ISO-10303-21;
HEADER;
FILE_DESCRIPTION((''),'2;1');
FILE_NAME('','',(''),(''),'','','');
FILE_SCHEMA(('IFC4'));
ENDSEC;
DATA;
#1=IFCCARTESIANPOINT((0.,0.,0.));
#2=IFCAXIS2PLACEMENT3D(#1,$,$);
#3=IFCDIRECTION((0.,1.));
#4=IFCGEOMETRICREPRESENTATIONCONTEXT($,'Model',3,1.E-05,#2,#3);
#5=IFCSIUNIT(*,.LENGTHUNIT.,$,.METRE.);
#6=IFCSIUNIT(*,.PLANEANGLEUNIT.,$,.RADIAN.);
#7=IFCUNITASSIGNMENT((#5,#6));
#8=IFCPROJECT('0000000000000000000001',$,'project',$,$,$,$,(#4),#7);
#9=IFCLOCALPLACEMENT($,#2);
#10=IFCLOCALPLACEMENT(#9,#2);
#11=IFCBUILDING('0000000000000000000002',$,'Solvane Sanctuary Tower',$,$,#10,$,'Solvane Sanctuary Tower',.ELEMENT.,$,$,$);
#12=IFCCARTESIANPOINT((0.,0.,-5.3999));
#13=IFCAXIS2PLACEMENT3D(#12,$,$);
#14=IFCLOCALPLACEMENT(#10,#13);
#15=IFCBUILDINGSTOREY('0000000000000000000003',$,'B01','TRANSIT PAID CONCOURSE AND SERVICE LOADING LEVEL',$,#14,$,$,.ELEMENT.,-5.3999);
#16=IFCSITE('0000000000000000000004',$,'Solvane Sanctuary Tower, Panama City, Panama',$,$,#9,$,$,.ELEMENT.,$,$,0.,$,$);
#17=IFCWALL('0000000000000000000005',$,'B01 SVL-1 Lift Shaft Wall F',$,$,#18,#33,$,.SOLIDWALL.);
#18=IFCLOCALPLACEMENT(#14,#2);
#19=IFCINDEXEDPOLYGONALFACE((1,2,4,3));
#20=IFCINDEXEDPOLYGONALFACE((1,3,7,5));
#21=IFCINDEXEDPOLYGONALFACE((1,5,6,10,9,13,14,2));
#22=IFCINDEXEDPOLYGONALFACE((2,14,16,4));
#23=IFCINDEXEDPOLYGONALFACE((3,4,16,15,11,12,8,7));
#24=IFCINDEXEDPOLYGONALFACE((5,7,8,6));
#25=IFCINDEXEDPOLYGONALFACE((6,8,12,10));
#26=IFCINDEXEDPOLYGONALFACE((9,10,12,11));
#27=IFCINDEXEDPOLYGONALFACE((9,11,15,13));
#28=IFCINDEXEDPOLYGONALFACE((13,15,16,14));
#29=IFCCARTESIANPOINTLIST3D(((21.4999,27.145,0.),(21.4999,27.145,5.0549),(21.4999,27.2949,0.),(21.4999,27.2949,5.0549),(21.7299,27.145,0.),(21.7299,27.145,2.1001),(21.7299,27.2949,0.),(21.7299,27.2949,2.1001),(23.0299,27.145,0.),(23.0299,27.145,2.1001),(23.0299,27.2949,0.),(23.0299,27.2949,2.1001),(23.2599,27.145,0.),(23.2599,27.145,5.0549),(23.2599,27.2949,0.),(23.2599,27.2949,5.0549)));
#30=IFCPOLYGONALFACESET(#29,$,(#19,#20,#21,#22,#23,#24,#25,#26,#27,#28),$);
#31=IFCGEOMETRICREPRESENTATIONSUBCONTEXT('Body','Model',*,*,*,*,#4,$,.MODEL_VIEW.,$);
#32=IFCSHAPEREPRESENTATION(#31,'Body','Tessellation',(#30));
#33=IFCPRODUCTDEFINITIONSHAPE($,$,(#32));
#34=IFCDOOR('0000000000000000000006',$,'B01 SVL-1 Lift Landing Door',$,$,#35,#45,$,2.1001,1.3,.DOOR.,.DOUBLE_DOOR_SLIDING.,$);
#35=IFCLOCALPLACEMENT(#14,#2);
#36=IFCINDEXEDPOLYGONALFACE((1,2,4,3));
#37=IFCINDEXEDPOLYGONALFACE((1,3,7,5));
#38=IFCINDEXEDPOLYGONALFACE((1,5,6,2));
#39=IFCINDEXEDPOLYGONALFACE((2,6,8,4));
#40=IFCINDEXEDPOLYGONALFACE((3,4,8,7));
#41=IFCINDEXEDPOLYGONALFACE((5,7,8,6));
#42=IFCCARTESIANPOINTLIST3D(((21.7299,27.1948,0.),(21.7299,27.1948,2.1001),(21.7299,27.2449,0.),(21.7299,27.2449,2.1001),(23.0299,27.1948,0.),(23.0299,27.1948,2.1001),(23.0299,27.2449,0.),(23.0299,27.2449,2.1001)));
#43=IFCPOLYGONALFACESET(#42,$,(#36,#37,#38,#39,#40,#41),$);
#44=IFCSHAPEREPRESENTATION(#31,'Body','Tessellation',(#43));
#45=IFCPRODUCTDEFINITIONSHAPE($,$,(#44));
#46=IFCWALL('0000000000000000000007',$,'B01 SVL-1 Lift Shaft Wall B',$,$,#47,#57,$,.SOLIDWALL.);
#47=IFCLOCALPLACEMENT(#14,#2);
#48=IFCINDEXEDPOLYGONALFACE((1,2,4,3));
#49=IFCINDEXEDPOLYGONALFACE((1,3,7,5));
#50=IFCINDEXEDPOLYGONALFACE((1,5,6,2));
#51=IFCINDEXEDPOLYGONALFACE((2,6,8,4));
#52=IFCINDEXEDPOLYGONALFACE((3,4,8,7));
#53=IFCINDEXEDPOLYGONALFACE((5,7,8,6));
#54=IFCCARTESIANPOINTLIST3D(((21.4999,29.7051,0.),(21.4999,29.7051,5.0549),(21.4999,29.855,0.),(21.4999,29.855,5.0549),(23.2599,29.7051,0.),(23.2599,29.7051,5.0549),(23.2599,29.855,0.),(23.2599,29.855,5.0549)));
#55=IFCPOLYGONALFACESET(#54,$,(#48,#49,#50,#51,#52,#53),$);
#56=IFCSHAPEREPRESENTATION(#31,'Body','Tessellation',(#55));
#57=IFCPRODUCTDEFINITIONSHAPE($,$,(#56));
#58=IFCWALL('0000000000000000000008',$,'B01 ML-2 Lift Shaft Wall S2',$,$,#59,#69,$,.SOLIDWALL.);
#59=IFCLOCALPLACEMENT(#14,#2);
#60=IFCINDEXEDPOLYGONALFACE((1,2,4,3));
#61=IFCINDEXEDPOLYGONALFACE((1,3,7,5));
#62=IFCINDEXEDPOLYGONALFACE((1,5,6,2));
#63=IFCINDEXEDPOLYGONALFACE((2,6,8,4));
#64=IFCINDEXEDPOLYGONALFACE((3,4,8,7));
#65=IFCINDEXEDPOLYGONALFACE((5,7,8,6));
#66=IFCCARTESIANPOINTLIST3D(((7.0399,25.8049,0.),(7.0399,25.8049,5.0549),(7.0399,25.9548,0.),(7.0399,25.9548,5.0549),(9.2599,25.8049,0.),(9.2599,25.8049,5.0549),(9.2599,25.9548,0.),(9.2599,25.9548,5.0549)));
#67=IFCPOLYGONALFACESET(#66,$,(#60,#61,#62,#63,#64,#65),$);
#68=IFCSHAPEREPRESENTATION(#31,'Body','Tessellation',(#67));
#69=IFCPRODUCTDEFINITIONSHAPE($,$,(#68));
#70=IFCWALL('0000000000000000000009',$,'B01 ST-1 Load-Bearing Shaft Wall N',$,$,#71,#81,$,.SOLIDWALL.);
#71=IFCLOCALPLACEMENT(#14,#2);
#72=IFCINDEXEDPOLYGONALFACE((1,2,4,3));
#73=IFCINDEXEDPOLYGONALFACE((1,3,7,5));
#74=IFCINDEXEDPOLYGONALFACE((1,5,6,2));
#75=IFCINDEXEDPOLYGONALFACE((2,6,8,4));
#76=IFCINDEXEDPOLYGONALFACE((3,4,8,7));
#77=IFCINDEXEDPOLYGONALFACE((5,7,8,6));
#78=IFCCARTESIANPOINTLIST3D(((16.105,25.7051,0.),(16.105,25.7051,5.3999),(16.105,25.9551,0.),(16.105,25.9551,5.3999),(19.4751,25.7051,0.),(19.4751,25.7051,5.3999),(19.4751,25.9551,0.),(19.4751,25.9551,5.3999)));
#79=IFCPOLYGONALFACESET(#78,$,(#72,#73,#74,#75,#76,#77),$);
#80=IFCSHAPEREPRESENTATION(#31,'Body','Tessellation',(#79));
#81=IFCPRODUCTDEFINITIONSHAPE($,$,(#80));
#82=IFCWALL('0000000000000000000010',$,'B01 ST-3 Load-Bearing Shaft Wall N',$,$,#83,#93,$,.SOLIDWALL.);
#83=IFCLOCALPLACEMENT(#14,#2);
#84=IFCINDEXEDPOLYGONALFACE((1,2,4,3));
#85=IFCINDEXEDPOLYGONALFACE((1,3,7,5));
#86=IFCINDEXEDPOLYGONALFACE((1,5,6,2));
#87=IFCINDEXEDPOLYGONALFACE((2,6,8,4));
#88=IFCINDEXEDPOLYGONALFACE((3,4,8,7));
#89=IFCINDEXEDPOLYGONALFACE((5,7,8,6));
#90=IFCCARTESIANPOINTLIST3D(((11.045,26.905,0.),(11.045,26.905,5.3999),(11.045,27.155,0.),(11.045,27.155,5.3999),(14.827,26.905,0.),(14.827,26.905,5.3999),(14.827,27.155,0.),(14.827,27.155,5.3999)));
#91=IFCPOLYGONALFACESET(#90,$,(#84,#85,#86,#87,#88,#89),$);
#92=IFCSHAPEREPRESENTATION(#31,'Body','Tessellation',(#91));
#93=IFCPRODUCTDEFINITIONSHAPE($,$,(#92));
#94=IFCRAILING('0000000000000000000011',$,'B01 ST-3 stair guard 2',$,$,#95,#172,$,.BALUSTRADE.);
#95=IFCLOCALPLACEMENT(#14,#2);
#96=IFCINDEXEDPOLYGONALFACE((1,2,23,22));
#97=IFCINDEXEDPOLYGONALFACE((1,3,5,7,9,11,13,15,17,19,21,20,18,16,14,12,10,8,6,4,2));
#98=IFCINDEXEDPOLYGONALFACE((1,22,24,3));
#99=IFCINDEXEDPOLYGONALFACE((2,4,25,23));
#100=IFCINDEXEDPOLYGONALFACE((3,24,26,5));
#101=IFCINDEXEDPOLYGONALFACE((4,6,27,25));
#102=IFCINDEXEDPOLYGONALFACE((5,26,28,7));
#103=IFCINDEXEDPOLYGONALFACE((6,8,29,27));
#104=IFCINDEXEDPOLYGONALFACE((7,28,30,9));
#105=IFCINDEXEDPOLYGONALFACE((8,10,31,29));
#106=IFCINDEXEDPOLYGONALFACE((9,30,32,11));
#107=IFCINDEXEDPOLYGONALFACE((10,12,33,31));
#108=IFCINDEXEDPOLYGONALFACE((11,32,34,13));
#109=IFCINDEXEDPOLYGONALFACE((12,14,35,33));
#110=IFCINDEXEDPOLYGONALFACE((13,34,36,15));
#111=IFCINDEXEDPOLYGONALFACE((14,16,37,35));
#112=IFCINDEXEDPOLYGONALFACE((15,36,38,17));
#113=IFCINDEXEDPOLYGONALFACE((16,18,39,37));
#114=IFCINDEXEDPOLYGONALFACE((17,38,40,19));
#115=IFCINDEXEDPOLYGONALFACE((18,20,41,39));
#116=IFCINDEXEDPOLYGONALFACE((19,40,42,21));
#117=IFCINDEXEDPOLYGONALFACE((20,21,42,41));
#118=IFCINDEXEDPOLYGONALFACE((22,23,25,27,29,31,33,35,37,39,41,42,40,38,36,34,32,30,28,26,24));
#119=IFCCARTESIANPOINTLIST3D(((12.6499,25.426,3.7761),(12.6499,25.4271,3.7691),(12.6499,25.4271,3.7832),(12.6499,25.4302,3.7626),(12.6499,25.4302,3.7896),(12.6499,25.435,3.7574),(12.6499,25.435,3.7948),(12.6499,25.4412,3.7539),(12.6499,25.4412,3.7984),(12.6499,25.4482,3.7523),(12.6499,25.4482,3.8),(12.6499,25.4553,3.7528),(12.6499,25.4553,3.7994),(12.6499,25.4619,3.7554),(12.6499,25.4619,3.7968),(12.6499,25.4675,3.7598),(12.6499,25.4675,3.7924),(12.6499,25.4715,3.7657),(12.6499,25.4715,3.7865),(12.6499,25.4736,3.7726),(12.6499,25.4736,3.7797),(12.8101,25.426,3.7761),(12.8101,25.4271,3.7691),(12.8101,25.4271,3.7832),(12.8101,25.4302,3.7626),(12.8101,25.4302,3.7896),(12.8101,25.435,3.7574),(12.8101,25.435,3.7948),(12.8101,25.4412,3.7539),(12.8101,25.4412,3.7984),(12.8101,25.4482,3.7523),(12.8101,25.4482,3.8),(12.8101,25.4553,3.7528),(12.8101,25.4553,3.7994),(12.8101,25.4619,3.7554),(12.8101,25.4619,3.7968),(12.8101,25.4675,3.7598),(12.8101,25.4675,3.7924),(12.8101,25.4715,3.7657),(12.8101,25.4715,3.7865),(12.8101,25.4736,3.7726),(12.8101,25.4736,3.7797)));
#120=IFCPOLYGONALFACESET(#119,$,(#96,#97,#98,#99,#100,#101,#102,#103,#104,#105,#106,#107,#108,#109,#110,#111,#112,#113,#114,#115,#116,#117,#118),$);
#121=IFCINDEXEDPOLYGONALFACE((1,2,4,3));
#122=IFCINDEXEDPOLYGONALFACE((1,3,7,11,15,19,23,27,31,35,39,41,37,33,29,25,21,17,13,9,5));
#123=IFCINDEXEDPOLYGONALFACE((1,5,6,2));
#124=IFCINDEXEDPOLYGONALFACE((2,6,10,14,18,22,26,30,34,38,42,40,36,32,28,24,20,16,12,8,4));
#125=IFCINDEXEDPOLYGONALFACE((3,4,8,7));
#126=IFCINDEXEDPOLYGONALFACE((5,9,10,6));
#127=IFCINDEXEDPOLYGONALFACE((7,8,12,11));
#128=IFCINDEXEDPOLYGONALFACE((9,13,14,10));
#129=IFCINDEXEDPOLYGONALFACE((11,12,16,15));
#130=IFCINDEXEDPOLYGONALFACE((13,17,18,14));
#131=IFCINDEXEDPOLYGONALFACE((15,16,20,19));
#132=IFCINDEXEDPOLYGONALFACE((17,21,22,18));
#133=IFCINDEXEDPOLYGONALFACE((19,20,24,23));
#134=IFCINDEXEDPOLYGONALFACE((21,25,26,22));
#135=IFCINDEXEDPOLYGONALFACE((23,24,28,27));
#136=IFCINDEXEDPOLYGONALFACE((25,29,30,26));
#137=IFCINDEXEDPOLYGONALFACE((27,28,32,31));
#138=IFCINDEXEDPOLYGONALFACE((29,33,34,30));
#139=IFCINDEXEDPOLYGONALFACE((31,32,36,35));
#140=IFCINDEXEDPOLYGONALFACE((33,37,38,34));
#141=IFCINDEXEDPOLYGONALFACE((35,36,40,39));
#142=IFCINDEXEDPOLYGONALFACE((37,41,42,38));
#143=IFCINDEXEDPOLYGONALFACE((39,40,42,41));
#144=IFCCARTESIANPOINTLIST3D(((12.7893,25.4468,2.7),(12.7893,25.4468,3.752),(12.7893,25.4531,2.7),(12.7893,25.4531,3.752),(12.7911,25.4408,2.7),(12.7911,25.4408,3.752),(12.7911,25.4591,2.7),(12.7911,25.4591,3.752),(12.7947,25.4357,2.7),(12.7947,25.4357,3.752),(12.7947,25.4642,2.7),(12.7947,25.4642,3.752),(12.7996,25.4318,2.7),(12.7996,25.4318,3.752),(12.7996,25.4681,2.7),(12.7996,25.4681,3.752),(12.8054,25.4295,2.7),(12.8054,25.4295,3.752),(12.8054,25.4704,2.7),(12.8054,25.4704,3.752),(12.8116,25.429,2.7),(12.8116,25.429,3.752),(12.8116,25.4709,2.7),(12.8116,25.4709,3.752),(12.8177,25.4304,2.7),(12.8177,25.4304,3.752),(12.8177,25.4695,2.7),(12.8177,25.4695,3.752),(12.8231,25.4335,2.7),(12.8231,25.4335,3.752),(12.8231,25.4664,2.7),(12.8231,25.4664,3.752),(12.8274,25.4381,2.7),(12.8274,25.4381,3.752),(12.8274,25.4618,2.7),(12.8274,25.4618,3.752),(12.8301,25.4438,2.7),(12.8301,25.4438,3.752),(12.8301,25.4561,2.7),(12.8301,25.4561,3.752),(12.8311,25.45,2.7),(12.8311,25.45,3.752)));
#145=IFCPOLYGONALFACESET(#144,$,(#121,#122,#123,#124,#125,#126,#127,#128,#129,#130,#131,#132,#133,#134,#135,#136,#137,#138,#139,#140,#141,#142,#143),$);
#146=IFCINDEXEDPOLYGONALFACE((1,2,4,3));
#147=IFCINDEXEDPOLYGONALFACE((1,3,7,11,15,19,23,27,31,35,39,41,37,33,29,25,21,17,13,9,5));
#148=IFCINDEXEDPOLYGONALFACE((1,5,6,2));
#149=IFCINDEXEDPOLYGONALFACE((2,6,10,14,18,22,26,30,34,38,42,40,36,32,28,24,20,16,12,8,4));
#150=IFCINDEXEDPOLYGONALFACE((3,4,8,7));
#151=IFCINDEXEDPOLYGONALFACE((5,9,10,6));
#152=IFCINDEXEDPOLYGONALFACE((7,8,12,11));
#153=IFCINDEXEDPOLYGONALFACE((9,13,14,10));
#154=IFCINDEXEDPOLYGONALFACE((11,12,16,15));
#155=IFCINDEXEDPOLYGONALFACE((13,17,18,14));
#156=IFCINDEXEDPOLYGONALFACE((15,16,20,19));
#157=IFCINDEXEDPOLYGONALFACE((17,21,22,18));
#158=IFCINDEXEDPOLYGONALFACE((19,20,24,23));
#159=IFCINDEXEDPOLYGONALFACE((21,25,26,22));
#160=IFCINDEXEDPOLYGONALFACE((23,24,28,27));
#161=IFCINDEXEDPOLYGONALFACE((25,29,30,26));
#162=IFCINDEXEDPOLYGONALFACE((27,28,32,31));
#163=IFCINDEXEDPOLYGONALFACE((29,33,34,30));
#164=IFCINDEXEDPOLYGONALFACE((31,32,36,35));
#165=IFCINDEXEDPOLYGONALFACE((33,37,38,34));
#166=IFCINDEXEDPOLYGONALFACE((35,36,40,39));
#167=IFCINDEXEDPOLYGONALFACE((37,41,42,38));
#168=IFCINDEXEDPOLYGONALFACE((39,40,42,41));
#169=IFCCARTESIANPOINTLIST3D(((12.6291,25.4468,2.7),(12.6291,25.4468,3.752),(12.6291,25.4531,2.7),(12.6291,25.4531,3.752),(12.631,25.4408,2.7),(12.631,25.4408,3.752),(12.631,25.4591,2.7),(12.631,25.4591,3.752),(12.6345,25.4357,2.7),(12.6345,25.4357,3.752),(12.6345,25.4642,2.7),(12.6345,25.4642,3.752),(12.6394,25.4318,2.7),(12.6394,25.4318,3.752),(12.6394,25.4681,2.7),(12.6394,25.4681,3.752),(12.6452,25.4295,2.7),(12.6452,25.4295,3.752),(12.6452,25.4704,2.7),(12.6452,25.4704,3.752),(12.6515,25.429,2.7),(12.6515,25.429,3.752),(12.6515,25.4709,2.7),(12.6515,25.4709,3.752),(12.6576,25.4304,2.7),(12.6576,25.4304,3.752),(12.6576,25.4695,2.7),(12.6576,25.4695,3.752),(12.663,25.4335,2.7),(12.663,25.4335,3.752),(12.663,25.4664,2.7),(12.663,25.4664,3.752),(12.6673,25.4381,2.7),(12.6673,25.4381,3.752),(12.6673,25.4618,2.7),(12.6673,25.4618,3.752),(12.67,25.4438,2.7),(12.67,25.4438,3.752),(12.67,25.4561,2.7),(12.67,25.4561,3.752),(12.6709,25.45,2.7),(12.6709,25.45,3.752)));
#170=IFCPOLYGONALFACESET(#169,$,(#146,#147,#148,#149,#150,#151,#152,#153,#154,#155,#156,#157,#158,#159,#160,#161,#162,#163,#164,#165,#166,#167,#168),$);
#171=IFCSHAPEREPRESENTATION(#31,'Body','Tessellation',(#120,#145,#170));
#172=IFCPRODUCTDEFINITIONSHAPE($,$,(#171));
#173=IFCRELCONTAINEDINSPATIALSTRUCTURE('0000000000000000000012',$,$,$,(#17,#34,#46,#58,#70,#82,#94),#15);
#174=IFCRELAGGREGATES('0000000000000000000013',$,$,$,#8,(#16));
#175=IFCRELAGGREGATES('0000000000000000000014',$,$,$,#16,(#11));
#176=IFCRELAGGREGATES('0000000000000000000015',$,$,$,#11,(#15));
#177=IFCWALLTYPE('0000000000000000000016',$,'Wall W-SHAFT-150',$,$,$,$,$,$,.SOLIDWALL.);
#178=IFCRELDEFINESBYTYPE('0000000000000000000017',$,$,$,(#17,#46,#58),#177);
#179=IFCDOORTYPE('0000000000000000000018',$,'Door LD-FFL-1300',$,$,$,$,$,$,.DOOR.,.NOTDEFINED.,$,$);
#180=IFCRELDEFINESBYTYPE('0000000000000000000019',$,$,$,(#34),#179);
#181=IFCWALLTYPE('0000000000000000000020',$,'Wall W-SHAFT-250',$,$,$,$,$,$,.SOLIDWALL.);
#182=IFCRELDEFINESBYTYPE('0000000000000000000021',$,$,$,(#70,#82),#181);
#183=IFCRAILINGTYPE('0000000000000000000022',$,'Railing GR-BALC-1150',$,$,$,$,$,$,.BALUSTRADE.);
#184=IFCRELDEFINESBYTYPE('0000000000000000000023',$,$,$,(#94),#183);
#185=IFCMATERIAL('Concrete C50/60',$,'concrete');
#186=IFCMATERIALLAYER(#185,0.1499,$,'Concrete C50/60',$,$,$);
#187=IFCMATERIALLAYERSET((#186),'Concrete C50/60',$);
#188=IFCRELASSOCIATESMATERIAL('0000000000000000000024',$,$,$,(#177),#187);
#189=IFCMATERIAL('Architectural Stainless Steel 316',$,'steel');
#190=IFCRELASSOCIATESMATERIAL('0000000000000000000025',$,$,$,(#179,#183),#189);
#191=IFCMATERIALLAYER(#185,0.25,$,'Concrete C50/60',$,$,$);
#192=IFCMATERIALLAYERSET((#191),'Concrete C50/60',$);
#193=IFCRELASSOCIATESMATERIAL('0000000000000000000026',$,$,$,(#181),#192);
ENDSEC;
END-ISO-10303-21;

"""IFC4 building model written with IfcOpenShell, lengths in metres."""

from ifc_helpers import new_model, si_unit, direction, frame, frame_2d, origin, origin_2d, place, context, subcontext, project, spatial, rectangle, circle, extrude, material, layer, layer_set, type_object, element, fill, save


model = new_model("IFC4")

# Units and contexts
model_context = context("Model", 3, precision=1e-05, world=origin(), true_north=direction((0.0, 1.0)))
body_context = subcontext(model_context, "Body", "Model", "MODEL_VIEW")
ifc_project = project(units=[si_unit("LENGTHUNIT", "METRE"), si_unit("PLANEANGLEUNIT", "RADIAN")], contexts=[model_context])

# Site, building, storey
site_placement = place(None, origin())
site = spatial("IfcSite", under=ifc_project, at=site_placement, Name="Solvane Sanctuary Tower, Panama City, Panama", CompositionType="ELEMENT", RefElevation=0.0)
building_placement = place(site_placement, origin())
building = spatial("IfcBuilding", under=site, at=building_placement, Name="Solvane Sanctuary Tower", LongName="Solvane Sanctuary Tower", CompositionType="ELEMENT")
storey_placement = place(building_placement, frame((0.0, 0.0, -5.3999)))
storey = spatial("IfcBuildingStorey", under=building, at=storey_placement, Name="B01", Description="TRANSIT PAID CONCOURSE AND SERVICE LOADING LEVEL", CompositionType="ELEMENT", Elevation=-5.3999)

# Shared definitions
ifc_material_1 = material(Name="Concrete C50/60", Category="concrete")

# Shared definitions
ifc_material_2 = material(Name="Architectural Stainless Steel 316", Category="steel")

# Shared definitions
ifc_layer_1 = layer(ifc_material_1, 0.1499, Name="Concrete C50/60")
ifc_layer_set_1 = layer_set([ifc_layer_1], Name="Concrete C50/60")
wall_type_1 = type_object("IfcWallType", Name="Wall W-SHAFT-150", PredefinedType="SOLIDWALL", material=ifc_layer_set_1)
door_type_1 = type_object("IfcDoorType", Name="Door LD-FFL-1300", OperationType="NOTDEFINED", PredefinedType="DOOR", material=ifc_material_2)

# Wall, opening, door
wall_1_placement = place(storey_placement, frame((21.5, 27.22, 0.0), z_axis=(0.0, 0.0, 1.0), x_axis=(1.0, 0.0, 0.0)))
wall_1 = element("IfcWall", 1, at=wall_1_placement, inside=storey, type_object=wall_type_1, Name="B01 SVL-1 Lift Shaft Wall F", PredefinedType="SOLIDWALL", context=body_context, shape_type="SweptSolid", body=[
    extrude(rectangle(XDim=1.76, YDim=0.1499, at=frame_2d((0.8799, 0.0))), origin(), (0.0, 0.0, 1.0), 5.0549),
])
opening_1_placement = place(wall_1_placement, frame((0.23, 0.0, 0.0)))
opening_1 = element("IfcOpeningElement", 2, at=opening_1_placement, cuts=wall_1, PredefinedType="OPENING", context=body_context, shape_type="SweptSolid", body=[
    extrude(rectangle(XDim=1.3, YDim=2.1001, at=frame_2d((0.6499, 1.05))), frame((0.0, 0.085, 0.0), z_axis=(0.0, -1.0, 0.0), x_axis=(1.0, 0.0, 0.0)), (0.0, 0.0, 1.0), 0.1699),
])
door_1_placement = place(opening_1_placement, origin())
door_1 = element("IfcDoor", 3, at=door_1_placement, inside=storey, type_object=door_type_1, Name="B01 SVL-1 Lift Landing Door", OperationType="DOUBLE_DOOR_SLIDING", OverallHeight=2.1001, OverallWidth=1.3, PredefinedType="DOOR", context=body_context, shape_type="SweptSolid", body=[
    extrude(rectangle(XDim=1.3, YDim=2.1001, at=frame_2d((0.6499, 1.05))), frame((0.0, 0.0249, 0.0), z_axis=(0.0, -1.0, 0.0), x_axis=(1.0, 0.0, 0.0)), (0.0, 0.0, 1.0), 0.05),
])
fill(opening_1, door_1)

# Walls
wall_2_placement = place(storey_placement, frame((21.5, 29.78, 0.0), z_axis=(0.0, 0.0, 1.0), x_axis=(1.0, 0.0, 0.0)))
element("IfcWall", 4, at=wall_2_placement, inside=storey, type_object=wall_type_1, Name="B01 SVL-1 Lift Shaft Wall B", PredefinedType="SOLIDWALL", context=body_context, shape_type="SweptSolid", body=[
    extrude(rectangle(XDim=1.76, YDim=0.1499, at=frame_2d((0.8799, 0.0))), origin(), (0.0, 0.0, 1.0), 5.0549),
])
wall_3_placement = place(storey_placement, frame((7.04, 25.8799, 0.0), z_axis=(0.0, 0.0, 1.0), x_axis=(1.0, 0.0, 0.0)))
element("IfcWall", 5, at=wall_3_placement, inside=storey, type_object=wall_type_1, Name="B01 ML-2 Lift Shaft Wall S2", PredefinedType="SOLIDWALL", context=body_context, shape_type="SweptSolid", body=[
    extrude(rectangle(XDim=2.22, YDim=0.1499, at=frame_2d((1.1099, 0.0))), origin(), (0.0, 0.0, 1.0), 5.0549),
])
ifc_layer_2 = layer(ifc_material_1, 0.25, Name="Concrete C50/60")
ifc_layer_set_2 = layer_set([ifc_layer_2], Name="Concrete C50/60")
wall_type_2 = type_object("IfcWallType", Name="Wall W-SHAFT-250", PredefinedType="SOLIDWALL", material=ifc_layer_set_2)
wall_4_placement = place(storey_placement, frame((16.105, 25.8301, 0.0), z_axis=(0.0, 0.0, 1.0), x_axis=(1.0, 0.0, 0.0)))
element("IfcWall", 6, at=wall_4_placement, inside=storey, type_object=wall_type_2, Name="B01 ST-1 Load-Bearing Shaft Wall N", PredefinedType="SOLIDWALL", context=body_context, shape_type="SweptSolid", body=[
    extrude(rectangle(XDim=3.3701, YDim=0.25, at=frame_2d((1.6851, 0.0))), origin(), (0.0, 0.0, 1.0), 5.3999),
])
wall_5_placement = place(storey_placement, frame((11.0449, 27.03, 0.0), z_axis=(0.0, 0.0, 1.0), x_axis=(1.0, 0.0, 0.0)))
element("IfcWall", 7, at=wall_5_placement, inside=storey, type_object=wall_type_2, Name="B01 ST-3 Load-Bearing Shaft Wall N", PredefinedType="SOLIDWALL", context=body_context, shape_type="SweptSolid", body=[
    extrude(rectangle(XDim=3.782, YDim=0.25, at=frame_2d((1.8911, 0.0))), origin(), (0.0, 0.0, 1.0), 5.3999),
])

# Railing
railing_type = type_object("IfcRailingType", Name="Railing GR-BALC-1150", PredefinedType="BALUSTRADE", material=ifc_material_2)
railing_placement = place(storey_placement, frame((12.8101, 25.45, 2.7)))
element("IfcRailing", 8, at=railing_placement, inside=storey, type_object=railing_type, Name="B01 ST-3 stair guard 2", PredefinedType="BALUSTRADE", context=body_context, shape_type="SweptSolid", body=[
    extrude(circle(Radius=0.0239, at=origin_2d()), frame((0.0, 0.0, 1.0762), z_axis=(-1.0, 0.0, 0.0), x_axis=(0.0, -1.0, 0.0)), (0.0, 0.0, 1.0), 0.1602),
    extrude(circle(Radius=0.021, at=origin_2d()), origin(), (0.0, 0.0, 1.0), 1.052),
    extrude(circle(Radius=0.021, at=origin_2d()), frame((-0.1602, 0.0, 0.0)), (0.0, 0.0, 1.0), 1.052),
])

save(model, "model.ifc")
